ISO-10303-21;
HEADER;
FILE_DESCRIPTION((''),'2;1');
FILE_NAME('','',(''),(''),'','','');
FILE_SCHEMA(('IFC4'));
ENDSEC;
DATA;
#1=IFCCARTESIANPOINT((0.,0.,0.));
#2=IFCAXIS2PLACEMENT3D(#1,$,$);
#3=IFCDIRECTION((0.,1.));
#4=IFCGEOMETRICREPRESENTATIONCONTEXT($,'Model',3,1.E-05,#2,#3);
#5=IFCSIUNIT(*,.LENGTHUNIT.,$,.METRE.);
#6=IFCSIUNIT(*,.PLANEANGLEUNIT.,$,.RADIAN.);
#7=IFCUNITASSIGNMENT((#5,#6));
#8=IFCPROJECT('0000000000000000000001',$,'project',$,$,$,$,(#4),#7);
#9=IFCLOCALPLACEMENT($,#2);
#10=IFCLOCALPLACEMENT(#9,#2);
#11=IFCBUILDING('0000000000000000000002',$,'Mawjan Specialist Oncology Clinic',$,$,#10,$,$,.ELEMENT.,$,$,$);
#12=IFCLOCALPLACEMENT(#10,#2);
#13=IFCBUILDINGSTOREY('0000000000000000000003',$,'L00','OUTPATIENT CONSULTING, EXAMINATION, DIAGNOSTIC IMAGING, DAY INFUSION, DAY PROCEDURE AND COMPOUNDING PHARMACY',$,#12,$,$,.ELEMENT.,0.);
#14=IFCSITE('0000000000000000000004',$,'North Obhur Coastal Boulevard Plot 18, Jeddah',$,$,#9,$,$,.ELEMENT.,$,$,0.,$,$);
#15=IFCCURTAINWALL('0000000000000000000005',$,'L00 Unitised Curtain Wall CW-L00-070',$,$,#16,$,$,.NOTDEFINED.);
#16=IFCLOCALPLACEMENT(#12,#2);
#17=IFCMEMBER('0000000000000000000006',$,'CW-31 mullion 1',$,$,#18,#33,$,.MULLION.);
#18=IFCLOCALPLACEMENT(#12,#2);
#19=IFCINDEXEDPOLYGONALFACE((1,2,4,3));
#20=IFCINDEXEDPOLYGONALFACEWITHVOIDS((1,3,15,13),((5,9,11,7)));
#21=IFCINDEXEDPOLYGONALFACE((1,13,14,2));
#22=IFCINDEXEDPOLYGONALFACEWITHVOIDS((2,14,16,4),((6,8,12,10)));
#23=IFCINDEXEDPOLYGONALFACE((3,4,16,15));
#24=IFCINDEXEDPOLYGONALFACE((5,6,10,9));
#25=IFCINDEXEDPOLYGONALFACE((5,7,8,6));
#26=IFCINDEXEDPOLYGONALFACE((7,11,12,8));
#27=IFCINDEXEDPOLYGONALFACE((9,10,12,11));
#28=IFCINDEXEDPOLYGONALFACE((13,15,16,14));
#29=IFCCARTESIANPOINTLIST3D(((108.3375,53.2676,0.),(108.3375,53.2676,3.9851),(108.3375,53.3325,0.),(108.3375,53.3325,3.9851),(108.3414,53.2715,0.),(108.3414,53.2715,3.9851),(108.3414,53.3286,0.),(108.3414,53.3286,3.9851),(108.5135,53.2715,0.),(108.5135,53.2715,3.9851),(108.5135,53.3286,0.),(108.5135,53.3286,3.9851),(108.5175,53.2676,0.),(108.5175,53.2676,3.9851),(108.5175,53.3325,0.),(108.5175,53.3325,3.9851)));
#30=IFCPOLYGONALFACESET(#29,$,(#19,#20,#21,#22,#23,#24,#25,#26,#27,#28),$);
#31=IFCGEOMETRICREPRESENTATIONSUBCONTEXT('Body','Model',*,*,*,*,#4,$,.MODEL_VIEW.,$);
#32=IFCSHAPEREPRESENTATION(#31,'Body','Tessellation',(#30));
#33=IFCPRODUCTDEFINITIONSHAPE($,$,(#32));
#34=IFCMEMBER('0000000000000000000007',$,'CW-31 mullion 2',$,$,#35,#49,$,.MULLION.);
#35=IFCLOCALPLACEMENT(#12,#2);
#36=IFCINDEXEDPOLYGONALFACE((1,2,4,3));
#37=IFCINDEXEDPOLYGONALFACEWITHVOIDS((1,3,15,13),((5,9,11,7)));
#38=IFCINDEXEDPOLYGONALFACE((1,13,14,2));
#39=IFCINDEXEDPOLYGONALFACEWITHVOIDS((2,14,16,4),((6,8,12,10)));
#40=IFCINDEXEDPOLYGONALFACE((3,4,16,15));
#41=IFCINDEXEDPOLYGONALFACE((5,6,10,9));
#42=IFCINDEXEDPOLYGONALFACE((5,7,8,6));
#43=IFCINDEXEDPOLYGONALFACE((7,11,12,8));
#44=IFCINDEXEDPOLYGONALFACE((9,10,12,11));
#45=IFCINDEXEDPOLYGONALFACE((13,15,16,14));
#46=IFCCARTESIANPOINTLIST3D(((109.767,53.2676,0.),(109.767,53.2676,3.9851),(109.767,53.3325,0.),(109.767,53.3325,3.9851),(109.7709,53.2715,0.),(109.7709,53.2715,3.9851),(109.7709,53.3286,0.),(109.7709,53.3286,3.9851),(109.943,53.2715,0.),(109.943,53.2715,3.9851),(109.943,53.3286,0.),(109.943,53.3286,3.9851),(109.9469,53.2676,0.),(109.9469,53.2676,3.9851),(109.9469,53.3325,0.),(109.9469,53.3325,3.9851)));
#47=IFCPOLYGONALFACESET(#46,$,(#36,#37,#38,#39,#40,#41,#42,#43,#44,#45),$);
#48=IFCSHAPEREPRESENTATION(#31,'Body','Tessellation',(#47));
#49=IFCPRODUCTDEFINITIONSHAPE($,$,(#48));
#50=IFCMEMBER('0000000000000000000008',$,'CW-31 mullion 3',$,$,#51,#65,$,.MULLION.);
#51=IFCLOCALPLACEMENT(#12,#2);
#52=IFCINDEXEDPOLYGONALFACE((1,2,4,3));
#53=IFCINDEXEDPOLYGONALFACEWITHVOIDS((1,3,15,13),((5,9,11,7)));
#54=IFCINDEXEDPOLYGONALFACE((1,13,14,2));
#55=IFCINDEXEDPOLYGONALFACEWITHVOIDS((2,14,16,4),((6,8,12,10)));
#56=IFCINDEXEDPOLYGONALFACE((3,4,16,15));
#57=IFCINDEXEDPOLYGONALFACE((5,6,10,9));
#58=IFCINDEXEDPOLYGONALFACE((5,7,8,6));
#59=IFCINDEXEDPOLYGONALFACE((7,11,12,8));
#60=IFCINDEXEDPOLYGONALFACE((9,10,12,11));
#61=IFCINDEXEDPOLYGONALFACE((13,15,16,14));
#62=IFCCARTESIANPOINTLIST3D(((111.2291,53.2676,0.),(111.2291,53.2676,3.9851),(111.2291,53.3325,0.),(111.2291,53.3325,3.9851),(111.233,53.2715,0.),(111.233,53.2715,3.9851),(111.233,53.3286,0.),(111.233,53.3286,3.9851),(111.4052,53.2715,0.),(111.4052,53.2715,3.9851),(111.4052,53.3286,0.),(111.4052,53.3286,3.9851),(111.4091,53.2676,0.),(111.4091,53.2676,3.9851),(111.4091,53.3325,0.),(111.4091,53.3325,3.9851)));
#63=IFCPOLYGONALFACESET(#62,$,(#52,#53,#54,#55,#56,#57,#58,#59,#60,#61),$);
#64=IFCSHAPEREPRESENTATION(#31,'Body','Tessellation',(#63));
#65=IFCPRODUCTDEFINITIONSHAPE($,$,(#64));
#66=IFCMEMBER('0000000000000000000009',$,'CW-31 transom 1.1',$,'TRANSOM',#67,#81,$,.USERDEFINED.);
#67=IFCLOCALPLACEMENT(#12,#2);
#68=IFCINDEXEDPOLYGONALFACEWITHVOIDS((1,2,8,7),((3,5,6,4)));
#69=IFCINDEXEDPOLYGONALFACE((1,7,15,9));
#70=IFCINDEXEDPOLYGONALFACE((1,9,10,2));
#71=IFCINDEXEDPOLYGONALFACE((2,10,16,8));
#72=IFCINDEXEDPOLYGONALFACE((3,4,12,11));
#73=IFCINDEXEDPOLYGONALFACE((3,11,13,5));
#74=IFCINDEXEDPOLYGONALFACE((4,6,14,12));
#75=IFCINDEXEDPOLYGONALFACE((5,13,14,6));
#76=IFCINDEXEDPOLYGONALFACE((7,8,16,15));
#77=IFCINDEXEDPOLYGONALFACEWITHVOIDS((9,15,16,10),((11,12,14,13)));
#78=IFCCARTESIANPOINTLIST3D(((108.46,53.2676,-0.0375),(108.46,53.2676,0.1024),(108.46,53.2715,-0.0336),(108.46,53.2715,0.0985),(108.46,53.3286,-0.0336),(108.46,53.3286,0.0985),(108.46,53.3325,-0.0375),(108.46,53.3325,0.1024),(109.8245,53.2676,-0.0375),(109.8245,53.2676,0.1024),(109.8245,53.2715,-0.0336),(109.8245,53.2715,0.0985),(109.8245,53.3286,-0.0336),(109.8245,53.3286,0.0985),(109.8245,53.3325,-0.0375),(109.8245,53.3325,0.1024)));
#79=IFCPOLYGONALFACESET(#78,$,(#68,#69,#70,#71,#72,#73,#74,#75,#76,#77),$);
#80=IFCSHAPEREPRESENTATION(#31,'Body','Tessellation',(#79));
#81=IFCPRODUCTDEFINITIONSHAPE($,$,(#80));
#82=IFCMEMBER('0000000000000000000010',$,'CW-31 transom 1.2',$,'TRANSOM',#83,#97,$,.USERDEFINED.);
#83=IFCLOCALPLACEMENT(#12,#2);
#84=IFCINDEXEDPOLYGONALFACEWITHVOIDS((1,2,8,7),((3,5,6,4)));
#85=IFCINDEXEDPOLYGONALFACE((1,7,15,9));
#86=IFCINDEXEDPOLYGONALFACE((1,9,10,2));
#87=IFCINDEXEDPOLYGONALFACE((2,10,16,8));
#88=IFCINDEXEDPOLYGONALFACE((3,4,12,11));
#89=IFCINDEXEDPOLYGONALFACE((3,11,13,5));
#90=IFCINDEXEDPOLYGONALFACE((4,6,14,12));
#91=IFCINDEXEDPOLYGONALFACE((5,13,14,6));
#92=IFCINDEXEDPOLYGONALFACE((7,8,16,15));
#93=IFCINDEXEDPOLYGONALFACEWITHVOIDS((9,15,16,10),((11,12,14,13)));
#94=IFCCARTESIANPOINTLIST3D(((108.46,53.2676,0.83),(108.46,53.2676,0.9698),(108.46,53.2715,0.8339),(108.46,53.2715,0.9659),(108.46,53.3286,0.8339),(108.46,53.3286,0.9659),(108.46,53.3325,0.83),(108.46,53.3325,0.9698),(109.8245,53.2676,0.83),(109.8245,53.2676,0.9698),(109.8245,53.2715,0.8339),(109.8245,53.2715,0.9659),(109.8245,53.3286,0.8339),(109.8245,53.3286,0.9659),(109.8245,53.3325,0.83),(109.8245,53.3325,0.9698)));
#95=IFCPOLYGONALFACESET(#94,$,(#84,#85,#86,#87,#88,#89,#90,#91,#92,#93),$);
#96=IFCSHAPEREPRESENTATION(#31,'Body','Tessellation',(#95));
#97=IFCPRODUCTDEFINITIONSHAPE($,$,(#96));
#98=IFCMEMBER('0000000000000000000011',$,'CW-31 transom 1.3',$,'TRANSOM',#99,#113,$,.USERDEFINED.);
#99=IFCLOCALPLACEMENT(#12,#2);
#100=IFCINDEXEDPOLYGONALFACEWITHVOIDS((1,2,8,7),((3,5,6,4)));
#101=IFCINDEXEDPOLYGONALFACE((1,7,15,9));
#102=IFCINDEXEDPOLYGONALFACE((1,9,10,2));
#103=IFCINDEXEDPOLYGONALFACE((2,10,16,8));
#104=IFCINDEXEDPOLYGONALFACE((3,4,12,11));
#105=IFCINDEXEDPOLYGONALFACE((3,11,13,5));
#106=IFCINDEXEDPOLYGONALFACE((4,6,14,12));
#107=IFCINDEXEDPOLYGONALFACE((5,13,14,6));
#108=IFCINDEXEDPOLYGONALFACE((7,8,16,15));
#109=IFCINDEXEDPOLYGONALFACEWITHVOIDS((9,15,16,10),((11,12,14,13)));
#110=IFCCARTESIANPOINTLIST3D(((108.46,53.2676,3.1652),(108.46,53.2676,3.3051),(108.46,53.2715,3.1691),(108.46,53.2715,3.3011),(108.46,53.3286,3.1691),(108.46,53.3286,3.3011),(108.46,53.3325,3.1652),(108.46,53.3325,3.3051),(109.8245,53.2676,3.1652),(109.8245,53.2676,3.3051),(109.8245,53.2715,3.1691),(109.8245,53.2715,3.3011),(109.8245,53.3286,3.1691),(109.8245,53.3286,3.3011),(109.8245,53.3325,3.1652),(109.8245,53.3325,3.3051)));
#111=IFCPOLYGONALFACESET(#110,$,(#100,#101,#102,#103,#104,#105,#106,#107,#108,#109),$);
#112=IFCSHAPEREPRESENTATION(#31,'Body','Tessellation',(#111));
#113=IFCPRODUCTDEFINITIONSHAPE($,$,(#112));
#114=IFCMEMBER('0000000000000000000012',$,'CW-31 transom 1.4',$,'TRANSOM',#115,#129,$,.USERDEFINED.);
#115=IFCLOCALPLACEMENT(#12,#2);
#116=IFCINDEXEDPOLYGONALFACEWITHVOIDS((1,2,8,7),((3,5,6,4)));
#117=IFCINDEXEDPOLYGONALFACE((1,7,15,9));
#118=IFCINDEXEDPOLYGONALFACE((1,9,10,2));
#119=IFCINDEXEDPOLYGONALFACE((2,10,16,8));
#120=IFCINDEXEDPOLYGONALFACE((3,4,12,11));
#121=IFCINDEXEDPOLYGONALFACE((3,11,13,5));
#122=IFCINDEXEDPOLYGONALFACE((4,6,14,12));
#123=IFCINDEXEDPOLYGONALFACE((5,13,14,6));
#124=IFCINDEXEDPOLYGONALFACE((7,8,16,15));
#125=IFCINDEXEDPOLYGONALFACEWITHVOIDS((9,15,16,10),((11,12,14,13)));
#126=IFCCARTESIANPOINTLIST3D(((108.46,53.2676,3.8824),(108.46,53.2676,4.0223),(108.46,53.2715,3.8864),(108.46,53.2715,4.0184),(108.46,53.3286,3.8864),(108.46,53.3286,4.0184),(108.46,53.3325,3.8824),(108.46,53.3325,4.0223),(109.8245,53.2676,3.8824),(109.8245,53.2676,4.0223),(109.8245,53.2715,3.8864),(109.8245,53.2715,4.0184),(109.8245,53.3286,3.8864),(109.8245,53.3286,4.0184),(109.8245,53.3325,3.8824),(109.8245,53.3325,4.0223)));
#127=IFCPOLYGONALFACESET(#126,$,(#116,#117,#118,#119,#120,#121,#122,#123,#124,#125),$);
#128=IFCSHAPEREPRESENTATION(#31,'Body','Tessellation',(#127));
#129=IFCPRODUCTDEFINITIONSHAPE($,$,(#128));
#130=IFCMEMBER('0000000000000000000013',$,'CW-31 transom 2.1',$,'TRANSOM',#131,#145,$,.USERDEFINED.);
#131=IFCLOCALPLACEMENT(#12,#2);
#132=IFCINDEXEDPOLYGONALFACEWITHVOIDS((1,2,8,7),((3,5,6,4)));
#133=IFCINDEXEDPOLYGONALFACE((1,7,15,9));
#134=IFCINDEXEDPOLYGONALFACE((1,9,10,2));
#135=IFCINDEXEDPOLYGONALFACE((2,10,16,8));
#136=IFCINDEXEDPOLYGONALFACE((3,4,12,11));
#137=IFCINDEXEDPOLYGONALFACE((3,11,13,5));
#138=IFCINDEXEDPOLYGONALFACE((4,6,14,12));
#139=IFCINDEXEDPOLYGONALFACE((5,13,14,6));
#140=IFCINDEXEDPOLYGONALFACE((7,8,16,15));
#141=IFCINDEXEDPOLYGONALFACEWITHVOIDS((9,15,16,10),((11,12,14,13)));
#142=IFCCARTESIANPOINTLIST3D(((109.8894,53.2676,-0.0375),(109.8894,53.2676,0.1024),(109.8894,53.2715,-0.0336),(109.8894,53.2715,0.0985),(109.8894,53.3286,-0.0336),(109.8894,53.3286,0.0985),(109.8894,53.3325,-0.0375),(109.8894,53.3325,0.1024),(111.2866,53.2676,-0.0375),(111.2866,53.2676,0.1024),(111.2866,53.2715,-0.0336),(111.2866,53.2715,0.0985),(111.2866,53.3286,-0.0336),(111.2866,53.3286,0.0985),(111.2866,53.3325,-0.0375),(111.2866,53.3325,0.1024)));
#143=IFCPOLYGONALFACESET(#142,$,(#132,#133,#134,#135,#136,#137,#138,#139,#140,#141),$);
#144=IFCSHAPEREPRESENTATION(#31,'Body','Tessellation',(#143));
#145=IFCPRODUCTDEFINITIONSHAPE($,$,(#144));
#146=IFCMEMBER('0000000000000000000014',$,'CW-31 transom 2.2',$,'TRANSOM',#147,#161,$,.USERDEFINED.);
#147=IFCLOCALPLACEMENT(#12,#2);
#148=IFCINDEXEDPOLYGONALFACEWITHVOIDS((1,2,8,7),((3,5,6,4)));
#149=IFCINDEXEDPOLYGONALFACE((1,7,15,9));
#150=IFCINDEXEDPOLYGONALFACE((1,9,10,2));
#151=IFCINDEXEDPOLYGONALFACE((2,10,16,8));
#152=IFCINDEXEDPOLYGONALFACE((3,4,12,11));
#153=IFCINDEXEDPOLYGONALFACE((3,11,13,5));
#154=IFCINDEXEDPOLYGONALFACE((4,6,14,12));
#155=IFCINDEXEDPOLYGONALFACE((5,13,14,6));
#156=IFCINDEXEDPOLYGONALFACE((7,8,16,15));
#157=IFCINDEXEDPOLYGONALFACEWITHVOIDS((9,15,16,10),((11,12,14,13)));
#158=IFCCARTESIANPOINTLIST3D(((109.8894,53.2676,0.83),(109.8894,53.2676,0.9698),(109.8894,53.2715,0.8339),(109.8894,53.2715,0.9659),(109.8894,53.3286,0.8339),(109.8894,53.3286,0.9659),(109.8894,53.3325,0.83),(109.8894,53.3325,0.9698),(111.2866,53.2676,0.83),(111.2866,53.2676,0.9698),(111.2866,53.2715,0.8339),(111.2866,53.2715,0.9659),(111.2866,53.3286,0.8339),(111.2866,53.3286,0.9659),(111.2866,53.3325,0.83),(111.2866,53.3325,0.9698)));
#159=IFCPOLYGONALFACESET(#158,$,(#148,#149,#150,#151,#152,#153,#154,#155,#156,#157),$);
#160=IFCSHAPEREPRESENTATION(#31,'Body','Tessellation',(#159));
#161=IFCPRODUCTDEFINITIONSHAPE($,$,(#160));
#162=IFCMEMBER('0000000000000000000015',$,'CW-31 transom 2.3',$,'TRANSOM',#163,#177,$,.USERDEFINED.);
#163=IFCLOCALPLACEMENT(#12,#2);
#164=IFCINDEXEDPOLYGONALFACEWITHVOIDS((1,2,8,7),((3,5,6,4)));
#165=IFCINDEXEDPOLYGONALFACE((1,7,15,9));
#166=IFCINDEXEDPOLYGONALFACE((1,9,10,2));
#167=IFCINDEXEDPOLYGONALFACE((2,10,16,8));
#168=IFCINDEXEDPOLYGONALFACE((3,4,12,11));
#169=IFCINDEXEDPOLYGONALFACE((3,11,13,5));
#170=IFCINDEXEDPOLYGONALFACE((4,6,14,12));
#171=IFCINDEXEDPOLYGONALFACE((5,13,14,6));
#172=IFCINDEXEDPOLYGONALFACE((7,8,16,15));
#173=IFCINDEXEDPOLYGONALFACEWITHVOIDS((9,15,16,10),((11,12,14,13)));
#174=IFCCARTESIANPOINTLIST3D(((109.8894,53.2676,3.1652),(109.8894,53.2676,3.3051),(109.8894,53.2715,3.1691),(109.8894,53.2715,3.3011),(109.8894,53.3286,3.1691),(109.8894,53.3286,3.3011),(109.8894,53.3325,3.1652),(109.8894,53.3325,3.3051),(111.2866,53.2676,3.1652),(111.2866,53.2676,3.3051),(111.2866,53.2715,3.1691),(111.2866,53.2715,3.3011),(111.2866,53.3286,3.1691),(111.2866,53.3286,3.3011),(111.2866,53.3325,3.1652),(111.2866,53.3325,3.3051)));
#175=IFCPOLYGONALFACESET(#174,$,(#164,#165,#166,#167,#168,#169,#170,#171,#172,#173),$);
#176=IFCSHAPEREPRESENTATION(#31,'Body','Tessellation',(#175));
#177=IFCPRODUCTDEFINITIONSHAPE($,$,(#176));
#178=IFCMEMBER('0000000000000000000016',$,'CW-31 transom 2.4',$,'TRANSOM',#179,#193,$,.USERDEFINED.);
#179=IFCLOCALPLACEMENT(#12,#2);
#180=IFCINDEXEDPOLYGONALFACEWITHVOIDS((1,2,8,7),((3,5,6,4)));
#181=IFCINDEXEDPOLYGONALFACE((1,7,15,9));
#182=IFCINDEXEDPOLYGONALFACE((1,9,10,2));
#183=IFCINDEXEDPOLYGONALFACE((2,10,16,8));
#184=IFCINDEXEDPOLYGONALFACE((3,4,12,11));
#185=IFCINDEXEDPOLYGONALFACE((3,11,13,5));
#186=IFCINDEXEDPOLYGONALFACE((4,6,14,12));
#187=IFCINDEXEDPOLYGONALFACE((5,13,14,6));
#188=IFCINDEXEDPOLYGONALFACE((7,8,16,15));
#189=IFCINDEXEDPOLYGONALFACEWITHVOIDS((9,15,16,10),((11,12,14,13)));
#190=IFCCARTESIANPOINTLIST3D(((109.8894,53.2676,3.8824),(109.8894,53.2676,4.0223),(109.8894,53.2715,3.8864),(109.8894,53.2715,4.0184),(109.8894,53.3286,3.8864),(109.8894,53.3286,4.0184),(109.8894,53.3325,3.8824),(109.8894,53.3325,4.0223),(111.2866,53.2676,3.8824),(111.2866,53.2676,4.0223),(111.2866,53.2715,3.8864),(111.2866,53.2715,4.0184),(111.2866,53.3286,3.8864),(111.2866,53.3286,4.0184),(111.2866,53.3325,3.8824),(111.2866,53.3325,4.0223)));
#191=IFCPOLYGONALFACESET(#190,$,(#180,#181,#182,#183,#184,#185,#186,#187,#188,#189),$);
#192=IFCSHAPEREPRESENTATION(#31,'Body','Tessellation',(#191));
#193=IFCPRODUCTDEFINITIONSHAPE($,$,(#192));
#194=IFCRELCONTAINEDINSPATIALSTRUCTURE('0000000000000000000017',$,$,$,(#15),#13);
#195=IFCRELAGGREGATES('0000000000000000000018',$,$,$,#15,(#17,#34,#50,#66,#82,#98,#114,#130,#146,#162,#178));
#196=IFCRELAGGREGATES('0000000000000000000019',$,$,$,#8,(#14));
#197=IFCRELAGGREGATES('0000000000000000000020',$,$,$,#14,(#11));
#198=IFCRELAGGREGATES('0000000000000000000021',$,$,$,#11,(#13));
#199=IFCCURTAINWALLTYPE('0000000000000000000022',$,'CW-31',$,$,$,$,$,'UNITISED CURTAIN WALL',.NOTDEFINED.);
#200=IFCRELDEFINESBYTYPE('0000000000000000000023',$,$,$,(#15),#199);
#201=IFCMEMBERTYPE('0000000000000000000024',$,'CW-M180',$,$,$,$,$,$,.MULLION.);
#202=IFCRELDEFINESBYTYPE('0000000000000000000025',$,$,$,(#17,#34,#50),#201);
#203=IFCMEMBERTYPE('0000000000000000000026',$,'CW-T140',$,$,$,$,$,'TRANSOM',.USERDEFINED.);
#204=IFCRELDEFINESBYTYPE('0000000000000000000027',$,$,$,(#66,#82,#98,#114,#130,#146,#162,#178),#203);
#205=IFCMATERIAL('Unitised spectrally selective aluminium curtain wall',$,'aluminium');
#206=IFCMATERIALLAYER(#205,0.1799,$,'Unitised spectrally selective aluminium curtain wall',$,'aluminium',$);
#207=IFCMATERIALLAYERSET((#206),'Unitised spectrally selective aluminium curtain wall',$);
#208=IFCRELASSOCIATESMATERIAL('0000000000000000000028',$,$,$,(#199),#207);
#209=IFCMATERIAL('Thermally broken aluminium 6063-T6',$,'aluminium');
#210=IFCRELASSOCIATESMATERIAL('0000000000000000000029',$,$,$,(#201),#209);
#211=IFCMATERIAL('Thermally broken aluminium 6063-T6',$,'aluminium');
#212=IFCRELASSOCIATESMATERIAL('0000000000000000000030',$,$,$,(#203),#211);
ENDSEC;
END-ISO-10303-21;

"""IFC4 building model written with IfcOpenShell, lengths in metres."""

from ifc_helpers import new_model, si_unit, direction, frame, origin, origin_2d, place, context, subcontext, project, spatial, hollow_rectangle, extrude, material, layer, layer_set, material_profile, profile_set, type_object, element, aggregate, save


model = new_model("IFC4")

# Units and contexts
model_context = context("Model", 3, precision=1e-05, world=origin(), true_north=direction((0.0, 1.0)))
body_context = subcontext(model_context, "Body", "Model", "MODEL_VIEW")
ifc_project = project(units=[si_unit("LENGTHUNIT", "METRE"), si_unit("PLANEANGLEUNIT", "RADIAN")], contexts=[model_context])

# Site, building, storey
site_placement = place(None, origin())
site = spatial("IfcSite", under=ifc_project, at=site_placement, Name="North Obhur Coastal Boulevard Plot 18, Jeddah", CompositionType="ELEMENT", RefElevation=0.0)
building_placement = place(site_placement, origin())
building = spatial("IfcBuilding", under=site, at=building_placement, Name="Mawjan Specialist Oncology Clinic", CompositionType="ELEMENT")
storey_placement = place(building_placement, origin())
storey = spatial("IfcBuildingStorey", under=building, at=storey_placement, Name="L00", Description="OUTPATIENT CONSULTING, EXAMINATION, DIAGNOSTIC IMAGING, DAY INFUSION, DAY PROCEDURE AND COMPOUNDING PHARMACY", CompositionType="ELEMENT", Elevation=0.0)

# Curtain wall, members
ifc_material_1 = material(Name="Unitised spectrally selective aluminium curtain wall", Category="aluminium")
ifc_layer_1 = layer(ifc_material_1, 0.1799, Name="Unitised spectrally selective aluminium curtain wall", Category="aluminium")
ifc_layer_set_1 = layer_set([ifc_layer_1], Name="Unitised spectrally selective aluminium curtain wall")
curtain_wall_type = type_object("IfcCurtainWallType", Name="CW-31", ElementType="UNITISED CURTAIN WALL", PredefinedType="NOTDEFINED", material=ifc_layer_set_1)
curtain_wall_placement = place(storey_placement, origin())
curtain_wall = element("IfcCurtainWall", 1, at=curtain_wall_placement, inside=storey, type_object=curtain_wall_type, Name="L00 Unitised Curtain Wall CW-L00-070", PredefinedType="NOTDEFINED")
ifc_material_2 = material(Name="Thermally broken aluminium 6063-T6", Category="aluminium")
ifc_material_profile_1 = material_profile(ifc_material_2, hollow_rectangle(XDim=0.0649, YDim=0.1799, WallThickness=0.0039, at=origin_2d()), Name="ALU MULLION 180x65x4", Category="aluminium")
ifc_profile_set_1 = profile_set([ifc_material_profile_1], Name="Thermally broken aluminium 6063-T6")
member_type_1 = type_object("IfcMemberType", Name="CW-M180", PredefinedType="MULLION", material=ifc_profile_set_1)
member_1_placement = place(storey_placement, frame((108.4275, 53.3, 0.0), z_axis=(0.0, 0.0, 1.0), x_axis=(0.0, 1.0, 0.0)))
member_1 = element("IfcMember", 2, at=member_1_placement, type_object=member_type_1, Name="CW-31 mullion 1", PredefinedType="MULLION", context=body_context, shape_type="SweptSolid", body=[
    extrude(hollow_rectangle(XDim=0.0649, YDim=0.1799, WallThickness=0.0039, at=origin_2d()), origin(), (0.0, 0.0, 1.0), 3.9851),
])
member_2_placement = place(storey_placement, frame((109.8569, 53.3, 0.0), z_axis=(0.0, 0.0, 1.0), x_axis=(0.0, 1.0, 0.0)))
member_2 = element("IfcMember", 3, at=member_2_placement, type_object=member_type_1, Name="CW-31 mullion 2", PredefinedType="MULLION", context=body_context, shape_type="SweptSolid", body=[
    extrude(hollow_rectangle(XDim=0.0649, YDim=0.1799, WallThickness=0.0039, at=origin_2d()), origin(), (0.0, 0.0, 1.0), 3.9851),
])
member_3_placement = place(storey_placement, frame((111.3191, 53.3, 0.0), z_axis=(0.0, 0.0, 1.0), x_axis=(0.0, 1.0, 0.0)))
member_3 = element("IfcMember", 4, at=member_3_placement, type_object=member_type_1, Name="CW-31 mullion 3", PredefinedType="MULLION", context=body_context, shape_type="SweptSolid", body=[
    extrude(hollow_rectangle(XDim=0.0649, YDim=0.1799, WallThickness=0.0039, at=origin_2d()), origin(), (0.0, 0.0, 1.0), 3.9851),
])
ifc_material_3 = material(Name="Thermally broken aluminium 6063-T6", Category="aluminium")
ifc_material_profile_2 = material_profile(ifc_material_3, hollow_rectangle(XDim=0.0649, YDim=0.1399, WallThickness=0.0039, at=origin_2d()), Name="ALU TRANSOM 140x65x4", Category="aluminium")
ifc_profile_set_2 = profile_set([ifc_material_profile_2], Name="Thermally broken aluminium 6063-T6")
member_type_2 = type_object("IfcMemberType", Name="CW-T140", ElementType="TRANSOM", PredefinedType="USERDEFINED", material=ifc_profile_set_2)
member_4_placement = place(storey_placement, frame((108.46, 53.3, 0.0325), z_axis=(1.0, 0.0, 0.0), x_axis=(0.0, 1.0, 0.0)))
member_4 = element("IfcMember", 5, at=member_4_placement, type_object=member_type_2, Name="CW-31 transom 1.1", ObjectType="TRANSOM", PredefinedType="USERDEFINED", context=body_context, shape_type="SweptSolid", body=[
    extrude(hollow_rectangle(XDim=0.0649, YDim=0.1399, WallThickness=0.0039, at=origin_2d()), origin(), (0.0, 0.0, 1.0), 1.3645),
])
member_5_placement = place(storey_placement, frame((108.46, 53.3, 0.8999), z_axis=(1.0, 0.0, 0.0), x_axis=(0.0, 1.0, 0.0)))
member_5 = element("IfcMember", 6, at=member_5_placement, type_object=member_type_2, Name="CW-31 transom 1.2", ObjectType="TRANSOM", PredefinedType="USERDEFINED", context=body_context, shape_type="SweptSolid", body=[
    extrude(hollow_rectangle(XDim=0.0649, YDim=0.1399, WallThickness=0.0039, at=origin_2d()), origin(), (0.0, 0.0, 1.0), 1.3645),
])
member_6_placement = place(storey_placement, frame((108.46, 53.3, 3.2351), z_axis=(1.0, 0.0, 0.0), x_axis=(0.0, 1.0, 0.0)))
member_6 = element("IfcMember", 7, at=member_6_placement, type_object=member_type_2, Name="CW-31 transom 1.3", ObjectType="TRANSOM", PredefinedType="USERDEFINED", context=body_context, shape_type="SweptSolid", body=[
    extrude(hollow_rectangle(XDim=0.0649, YDim=0.1399, WallThickness=0.0039, at=origin_2d()), origin(), (0.0, 0.0, 1.0), 1.3645),
])
member_7_placement = place(storey_placement, frame((108.46, 53.3, 3.9524), z_axis=(1.0, 0.0, 0.0), x_axis=(0.0, 1.0, 0.0)))
member_7 = element("IfcMember", 8, at=member_7_placement, type_object=member_type_2, Name="CW-31 transom 1.4", ObjectType="TRANSOM", PredefinedType="USERDEFINED", context=body_context, shape_type="SweptSolid", body=[
    extrude(hollow_rectangle(XDim=0.0649, YDim=0.1399, WallThickness=0.0039, at=origin_2d()), origin(), (0.0, 0.0, 1.0), 1.3645),
])
member_8_placement = place(storey_placement, frame((109.8894, 53.3, 0.0325), z_axis=(1.0, 0.0, 0.0), x_axis=(0.0, 1.0, 0.0)))
member_8 = element("IfcMember", 9, at=member_8_placement, type_object=member_type_2, Name="CW-31 transom 2.1", ObjectType="TRANSOM", PredefinedType="USERDEFINED", context=body_context, shape_type="SweptSolid", body=[
    extrude(hollow_rectangle(XDim=0.0649, YDim=0.1399, WallThickness=0.0039, at=origin_2d()), origin(), (0.0, 0.0, 1.0), 1.3972),
])
member_9_placement = place(storey_placement, frame((109.8894, 53.3, 0.8999), z_axis=(1.0, 0.0, 0.0), x_axis=(0.0, 1.0, 0.0)))
member_9 = element("IfcMember", 10, at=member_9_placement, type_object=member_type_2, Name="CW-31 transom 2.2", ObjectType="TRANSOM", PredefinedType="USERDEFINED", context=body_context, shape_type="SweptSolid", body=[
    extrude(hollow_rectangle(XDim=0.0649, YDim=0.1399, WallThickness=0.0039, at=origin_2d()), origin(), (0.0, 0.0, 1.0), 1.3972),
])
member_10_placement = place(storey_placement, frame((109.8894, 53.3, 3.2351), z_axis=(1.0, 0.0, 0.0), x_axis=(0.0, 1.0, 0.0)))
member_10 = element("IfcMember", 11, at=member_10_placement, type_object=member_type_2, Name="CW-31 transom 2.3", ObjectType="TRANSOM", PredefinedType="USERDEFINED", context=body_context, shape_type="SweptSolid", body=[
    extrude(hollow_rectangle(XDim=0.0649, YDim=0.1399, WallThickness=0.0039, at=origin_2d()), origin(), (0.0, 0.0, 1.0), 1.3972),
])
member_11_placement = place(storey_placement, frame((109.8894, 53.3, 3.9524), z_axis=(1.0, 0.0, 0.0), x_axis=(0.0, 1.0, 0.0)))
member_11 = element("IfcMember", 12, at=member_11_placement, type_object=member_type_2, Name="CW-31 transom 2.4", ObjectType="TRANSOM", PredefinedType="USERDEFINED", context=body_context, shape_type="SweptSolid", body=[
    extrude(hollow_rectangle(XDim=0.0649, YDim=0.1399, WallThickness=0.0039, at=origin_2d()), origin(), (0.0, 0.0, 1.0), 1.3972),
])
aggregate(curtain_wall, [member_1, member_2, member_3, member_4, member_5, member_6, member_7, member_8, member_9, member_10, member_11])

save(model, "model.ifc")
